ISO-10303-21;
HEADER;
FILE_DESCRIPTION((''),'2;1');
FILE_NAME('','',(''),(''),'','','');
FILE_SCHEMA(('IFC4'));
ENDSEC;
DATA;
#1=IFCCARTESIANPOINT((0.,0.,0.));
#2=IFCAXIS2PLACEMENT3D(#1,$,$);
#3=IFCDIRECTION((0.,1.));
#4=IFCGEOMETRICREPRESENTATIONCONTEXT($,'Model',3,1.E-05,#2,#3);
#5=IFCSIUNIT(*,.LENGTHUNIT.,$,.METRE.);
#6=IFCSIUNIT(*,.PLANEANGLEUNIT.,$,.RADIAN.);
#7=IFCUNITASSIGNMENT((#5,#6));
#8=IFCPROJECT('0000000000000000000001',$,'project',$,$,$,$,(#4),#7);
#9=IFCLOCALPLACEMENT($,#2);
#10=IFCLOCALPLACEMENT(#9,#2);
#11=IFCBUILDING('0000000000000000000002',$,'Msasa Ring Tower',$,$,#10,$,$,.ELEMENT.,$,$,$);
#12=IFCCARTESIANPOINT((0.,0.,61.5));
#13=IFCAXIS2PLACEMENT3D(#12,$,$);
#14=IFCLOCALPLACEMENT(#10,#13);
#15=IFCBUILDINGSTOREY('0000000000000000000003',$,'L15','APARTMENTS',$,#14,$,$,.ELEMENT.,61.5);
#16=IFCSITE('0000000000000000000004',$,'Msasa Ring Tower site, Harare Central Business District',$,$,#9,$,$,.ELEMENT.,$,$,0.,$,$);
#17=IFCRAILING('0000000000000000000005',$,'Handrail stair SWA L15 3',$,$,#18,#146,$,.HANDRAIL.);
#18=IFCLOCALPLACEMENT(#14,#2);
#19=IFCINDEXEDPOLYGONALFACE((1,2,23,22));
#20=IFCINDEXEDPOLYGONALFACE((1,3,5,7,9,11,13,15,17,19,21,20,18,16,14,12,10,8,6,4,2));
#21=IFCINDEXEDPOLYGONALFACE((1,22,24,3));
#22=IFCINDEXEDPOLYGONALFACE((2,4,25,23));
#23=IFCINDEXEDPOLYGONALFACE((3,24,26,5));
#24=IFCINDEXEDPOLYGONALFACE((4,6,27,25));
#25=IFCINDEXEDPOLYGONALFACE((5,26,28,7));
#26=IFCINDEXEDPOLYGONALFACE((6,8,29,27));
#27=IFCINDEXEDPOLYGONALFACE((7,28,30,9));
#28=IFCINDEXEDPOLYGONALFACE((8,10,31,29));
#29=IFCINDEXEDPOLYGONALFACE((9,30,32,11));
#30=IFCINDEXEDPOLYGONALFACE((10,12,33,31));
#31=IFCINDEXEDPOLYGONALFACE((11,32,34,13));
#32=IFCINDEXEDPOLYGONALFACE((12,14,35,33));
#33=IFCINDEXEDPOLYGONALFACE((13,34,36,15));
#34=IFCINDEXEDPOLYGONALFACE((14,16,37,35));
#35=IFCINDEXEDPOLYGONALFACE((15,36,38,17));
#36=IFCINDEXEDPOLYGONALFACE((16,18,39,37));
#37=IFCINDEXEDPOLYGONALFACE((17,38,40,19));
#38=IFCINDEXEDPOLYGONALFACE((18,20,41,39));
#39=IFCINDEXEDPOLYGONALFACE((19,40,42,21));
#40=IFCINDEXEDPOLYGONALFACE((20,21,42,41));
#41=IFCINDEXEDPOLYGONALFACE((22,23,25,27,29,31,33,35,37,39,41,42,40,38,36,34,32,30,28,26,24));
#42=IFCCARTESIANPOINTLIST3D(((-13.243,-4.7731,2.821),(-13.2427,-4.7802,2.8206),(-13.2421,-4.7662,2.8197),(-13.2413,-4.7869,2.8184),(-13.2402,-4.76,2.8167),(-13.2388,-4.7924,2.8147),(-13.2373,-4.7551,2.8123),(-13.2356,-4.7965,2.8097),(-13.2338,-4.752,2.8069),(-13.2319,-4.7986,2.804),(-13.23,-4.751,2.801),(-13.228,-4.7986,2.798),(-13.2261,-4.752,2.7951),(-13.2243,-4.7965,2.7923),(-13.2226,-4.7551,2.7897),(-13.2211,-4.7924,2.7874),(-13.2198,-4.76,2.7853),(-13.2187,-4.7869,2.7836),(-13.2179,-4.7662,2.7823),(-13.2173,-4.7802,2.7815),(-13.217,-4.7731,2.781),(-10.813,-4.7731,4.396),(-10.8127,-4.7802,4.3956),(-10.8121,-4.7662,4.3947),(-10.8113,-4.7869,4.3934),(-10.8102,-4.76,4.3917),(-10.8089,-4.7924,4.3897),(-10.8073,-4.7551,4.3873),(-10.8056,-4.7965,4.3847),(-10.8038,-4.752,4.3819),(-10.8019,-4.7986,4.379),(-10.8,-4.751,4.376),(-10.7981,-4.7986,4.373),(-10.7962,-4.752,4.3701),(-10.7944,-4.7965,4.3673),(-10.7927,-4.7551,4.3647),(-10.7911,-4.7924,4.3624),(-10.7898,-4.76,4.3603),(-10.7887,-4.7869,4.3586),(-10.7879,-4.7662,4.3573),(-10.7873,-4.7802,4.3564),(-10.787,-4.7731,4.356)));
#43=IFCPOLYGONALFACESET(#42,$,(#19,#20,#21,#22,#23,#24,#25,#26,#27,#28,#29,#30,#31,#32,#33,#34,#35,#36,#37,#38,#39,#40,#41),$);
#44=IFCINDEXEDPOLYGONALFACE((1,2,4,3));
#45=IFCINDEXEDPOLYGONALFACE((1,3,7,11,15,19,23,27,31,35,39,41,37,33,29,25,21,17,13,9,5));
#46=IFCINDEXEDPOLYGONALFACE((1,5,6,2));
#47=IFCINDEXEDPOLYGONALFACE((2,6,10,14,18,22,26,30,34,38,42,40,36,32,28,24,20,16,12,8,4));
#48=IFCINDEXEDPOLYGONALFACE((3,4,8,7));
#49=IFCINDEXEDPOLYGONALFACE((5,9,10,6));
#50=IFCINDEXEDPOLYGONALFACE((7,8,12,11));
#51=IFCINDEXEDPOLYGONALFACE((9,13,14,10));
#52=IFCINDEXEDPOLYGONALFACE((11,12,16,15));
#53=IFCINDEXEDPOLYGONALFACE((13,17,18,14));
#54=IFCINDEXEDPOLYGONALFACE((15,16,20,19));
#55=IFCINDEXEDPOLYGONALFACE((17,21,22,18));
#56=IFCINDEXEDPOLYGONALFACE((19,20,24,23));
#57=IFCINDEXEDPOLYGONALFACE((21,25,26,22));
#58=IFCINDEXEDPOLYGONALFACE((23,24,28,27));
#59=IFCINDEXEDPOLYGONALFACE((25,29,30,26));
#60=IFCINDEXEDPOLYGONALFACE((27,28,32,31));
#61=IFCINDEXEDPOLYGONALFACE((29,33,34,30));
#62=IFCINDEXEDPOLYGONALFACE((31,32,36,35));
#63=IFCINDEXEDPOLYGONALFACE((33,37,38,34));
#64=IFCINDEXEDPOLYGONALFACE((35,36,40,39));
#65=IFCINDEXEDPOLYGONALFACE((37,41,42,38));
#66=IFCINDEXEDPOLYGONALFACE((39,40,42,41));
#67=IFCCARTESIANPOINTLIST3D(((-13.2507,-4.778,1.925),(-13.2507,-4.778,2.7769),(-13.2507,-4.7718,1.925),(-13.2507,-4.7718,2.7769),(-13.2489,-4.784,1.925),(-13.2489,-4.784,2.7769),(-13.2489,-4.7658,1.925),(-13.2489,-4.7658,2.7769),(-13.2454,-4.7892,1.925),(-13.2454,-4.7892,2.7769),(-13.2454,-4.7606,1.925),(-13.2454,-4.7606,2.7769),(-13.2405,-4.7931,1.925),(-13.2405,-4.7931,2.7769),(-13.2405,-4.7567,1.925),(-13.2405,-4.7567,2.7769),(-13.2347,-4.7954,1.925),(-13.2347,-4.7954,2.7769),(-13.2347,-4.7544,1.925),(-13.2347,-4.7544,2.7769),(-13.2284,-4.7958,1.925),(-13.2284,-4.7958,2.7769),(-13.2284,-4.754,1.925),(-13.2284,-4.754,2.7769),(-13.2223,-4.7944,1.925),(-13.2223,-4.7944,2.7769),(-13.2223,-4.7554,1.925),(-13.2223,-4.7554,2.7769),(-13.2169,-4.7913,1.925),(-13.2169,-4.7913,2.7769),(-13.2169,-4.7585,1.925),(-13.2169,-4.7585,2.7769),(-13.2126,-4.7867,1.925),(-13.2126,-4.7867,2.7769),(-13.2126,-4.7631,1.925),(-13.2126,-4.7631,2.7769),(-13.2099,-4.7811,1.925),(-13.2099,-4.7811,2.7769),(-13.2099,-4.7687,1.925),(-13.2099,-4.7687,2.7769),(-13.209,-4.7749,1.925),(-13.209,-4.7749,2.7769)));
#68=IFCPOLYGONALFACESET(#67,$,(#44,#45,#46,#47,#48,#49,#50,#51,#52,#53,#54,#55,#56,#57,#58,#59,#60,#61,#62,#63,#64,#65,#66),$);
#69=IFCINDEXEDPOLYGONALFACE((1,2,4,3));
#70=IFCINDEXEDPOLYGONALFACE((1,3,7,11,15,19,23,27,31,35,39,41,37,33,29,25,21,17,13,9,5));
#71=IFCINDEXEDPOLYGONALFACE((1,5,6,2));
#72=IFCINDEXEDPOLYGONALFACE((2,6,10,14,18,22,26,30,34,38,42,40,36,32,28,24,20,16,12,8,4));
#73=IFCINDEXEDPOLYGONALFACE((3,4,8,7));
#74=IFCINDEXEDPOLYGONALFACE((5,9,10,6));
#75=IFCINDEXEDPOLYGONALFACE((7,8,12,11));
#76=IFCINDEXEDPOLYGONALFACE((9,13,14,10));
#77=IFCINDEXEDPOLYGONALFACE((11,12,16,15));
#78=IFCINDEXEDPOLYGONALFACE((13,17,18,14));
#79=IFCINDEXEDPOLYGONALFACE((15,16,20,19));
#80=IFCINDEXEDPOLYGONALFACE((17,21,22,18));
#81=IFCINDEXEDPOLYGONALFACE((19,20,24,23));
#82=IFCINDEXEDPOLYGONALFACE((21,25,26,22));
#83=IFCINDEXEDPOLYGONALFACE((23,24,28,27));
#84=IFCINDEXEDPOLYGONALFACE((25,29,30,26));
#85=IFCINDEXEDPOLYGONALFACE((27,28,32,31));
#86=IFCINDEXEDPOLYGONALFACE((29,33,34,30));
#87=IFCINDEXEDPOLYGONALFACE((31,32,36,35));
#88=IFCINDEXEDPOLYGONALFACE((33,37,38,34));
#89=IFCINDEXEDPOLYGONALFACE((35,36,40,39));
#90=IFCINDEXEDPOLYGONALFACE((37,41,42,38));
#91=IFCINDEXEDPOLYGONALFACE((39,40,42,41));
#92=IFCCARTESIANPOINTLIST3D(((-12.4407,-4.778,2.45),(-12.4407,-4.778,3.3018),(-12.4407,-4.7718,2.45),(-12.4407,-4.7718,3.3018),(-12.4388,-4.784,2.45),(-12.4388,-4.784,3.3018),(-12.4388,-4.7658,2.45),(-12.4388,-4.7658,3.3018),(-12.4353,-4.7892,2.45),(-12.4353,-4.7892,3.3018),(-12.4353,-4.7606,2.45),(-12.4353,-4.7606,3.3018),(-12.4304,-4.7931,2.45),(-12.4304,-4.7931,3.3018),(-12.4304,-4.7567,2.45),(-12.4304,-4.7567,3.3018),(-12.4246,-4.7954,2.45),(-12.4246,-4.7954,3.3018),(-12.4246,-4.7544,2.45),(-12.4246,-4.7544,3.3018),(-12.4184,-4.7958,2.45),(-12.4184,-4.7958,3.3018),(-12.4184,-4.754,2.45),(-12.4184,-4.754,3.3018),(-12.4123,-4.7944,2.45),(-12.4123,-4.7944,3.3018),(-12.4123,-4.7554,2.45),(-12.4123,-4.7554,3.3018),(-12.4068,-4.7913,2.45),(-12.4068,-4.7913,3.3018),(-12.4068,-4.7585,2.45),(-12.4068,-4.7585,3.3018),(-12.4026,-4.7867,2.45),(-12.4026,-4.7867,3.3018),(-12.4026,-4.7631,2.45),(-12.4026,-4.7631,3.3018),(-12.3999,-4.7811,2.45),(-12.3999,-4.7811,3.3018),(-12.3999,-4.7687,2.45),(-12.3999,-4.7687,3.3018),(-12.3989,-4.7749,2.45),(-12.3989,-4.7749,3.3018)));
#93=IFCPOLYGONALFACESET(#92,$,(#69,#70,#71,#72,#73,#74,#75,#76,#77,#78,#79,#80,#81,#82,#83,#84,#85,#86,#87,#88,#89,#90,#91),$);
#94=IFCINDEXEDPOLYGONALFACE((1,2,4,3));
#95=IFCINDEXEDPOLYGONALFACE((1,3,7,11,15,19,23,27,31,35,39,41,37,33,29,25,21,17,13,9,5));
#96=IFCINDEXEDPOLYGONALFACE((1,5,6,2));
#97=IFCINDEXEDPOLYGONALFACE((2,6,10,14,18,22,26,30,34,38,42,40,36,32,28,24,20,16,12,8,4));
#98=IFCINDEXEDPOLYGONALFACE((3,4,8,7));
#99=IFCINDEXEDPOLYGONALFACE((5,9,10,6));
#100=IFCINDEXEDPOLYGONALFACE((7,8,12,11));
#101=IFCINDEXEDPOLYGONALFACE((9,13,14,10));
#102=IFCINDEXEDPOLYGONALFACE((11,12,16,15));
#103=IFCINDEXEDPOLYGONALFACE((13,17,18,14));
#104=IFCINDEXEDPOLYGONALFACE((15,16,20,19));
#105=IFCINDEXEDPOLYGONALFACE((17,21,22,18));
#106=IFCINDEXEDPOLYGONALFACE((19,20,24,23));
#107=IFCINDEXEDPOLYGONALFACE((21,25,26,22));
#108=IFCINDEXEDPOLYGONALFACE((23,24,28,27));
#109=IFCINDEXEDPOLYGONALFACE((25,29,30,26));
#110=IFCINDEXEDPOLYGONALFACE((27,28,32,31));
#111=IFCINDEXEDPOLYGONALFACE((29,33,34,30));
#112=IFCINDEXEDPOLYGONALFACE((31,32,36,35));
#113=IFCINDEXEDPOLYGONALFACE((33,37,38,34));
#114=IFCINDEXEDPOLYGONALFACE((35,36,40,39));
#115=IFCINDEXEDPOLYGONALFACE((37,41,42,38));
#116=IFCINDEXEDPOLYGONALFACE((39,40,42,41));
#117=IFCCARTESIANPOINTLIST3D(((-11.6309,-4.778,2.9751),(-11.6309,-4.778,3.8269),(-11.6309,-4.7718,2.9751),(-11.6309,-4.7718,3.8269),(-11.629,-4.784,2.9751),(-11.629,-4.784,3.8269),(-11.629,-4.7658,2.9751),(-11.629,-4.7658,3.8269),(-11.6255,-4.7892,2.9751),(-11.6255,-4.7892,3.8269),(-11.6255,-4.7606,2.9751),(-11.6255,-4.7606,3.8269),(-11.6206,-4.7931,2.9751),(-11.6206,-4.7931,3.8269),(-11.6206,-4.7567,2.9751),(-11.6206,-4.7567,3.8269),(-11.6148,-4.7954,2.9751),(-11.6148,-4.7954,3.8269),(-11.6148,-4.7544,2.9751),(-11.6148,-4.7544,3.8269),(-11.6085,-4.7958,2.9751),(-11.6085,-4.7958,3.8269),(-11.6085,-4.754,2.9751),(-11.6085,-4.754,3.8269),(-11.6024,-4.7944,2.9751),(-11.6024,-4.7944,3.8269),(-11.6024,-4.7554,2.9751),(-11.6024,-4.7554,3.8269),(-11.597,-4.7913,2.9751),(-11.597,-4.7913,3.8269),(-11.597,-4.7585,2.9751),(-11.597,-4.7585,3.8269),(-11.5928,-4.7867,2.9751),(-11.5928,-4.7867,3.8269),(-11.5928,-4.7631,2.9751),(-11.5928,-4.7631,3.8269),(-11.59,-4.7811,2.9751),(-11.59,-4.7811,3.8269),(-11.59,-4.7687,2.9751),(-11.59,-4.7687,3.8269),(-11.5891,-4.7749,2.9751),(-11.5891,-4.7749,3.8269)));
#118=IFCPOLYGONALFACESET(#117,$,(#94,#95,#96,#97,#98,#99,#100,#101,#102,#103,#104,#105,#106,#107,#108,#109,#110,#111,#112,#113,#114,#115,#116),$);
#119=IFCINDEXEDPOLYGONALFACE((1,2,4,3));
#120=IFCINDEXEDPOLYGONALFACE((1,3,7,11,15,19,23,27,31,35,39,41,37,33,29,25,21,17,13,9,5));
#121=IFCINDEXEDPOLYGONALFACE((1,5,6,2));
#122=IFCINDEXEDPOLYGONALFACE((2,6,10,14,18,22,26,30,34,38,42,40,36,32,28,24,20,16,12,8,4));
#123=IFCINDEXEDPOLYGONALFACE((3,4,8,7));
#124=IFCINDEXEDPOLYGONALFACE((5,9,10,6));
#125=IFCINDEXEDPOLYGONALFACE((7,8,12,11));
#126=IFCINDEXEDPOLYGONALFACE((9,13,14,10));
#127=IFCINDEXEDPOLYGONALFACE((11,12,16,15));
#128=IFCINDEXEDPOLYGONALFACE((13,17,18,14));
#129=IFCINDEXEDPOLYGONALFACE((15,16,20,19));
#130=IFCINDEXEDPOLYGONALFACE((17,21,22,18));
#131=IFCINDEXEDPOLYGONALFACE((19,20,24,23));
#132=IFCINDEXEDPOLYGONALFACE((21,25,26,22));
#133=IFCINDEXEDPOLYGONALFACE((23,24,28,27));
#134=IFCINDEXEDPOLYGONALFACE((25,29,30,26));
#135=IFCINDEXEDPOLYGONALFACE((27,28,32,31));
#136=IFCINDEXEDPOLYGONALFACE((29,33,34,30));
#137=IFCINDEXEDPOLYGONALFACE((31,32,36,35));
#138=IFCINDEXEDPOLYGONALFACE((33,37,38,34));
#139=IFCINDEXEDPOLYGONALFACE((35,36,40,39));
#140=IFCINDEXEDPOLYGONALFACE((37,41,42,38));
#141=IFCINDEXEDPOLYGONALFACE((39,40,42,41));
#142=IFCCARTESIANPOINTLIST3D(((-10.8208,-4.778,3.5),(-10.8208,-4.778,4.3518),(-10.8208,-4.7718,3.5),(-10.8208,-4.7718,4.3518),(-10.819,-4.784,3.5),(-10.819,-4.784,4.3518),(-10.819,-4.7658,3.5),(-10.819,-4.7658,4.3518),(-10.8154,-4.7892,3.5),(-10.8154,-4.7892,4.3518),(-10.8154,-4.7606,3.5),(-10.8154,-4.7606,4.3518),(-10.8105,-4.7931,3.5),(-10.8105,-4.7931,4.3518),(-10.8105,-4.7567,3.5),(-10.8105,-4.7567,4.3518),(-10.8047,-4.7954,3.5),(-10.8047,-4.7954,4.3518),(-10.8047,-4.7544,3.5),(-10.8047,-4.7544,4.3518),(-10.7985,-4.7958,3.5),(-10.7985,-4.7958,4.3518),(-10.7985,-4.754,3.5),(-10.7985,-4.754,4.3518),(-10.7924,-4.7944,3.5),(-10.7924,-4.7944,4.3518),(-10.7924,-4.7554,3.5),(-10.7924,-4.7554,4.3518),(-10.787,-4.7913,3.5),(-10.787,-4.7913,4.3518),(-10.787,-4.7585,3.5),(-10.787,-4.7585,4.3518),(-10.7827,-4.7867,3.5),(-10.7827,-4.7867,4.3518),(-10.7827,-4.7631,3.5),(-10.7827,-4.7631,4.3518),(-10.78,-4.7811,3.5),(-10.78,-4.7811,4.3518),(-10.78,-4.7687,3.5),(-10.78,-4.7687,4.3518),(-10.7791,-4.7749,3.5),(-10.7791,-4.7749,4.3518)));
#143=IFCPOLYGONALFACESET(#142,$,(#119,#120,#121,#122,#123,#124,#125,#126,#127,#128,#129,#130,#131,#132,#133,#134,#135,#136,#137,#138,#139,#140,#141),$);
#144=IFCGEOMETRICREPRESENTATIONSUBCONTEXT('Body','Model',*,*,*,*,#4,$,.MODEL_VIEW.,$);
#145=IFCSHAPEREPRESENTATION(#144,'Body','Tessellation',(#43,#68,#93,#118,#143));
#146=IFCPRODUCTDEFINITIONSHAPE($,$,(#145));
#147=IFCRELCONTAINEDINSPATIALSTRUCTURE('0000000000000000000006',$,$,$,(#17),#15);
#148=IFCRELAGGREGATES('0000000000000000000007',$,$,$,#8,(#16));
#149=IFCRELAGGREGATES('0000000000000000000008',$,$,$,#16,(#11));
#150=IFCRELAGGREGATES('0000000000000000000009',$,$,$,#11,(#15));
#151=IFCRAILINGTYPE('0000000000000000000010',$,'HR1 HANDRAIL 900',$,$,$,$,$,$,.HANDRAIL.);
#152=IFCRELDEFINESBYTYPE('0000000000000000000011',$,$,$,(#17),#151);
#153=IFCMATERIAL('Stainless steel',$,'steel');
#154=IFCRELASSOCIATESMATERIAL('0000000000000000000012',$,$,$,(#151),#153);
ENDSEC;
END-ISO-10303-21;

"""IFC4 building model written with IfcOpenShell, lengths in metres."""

from ifc_helpers import new_model, si_unit, direction, frame, origin, origin_2d, place, context, subcontext, project, spatial, circle, extrude, material, type_object, element, save


model = new_model("IFC4")

# Units and contexts
model_context = context("Model", 3, precision=1e-05, world=origin(), true_north=direction((0.0, 1.0)))
body_context = subcontext(model_context, "Body", "Model", "MODEL_VIEW")
ifc_project = project(units=[si_unit("LENGTHUNIT", "METRE"), si_unit("PLANEANGLEUNIT", "RADIAN")], contexts=[model_context])

# Site, building, storey
site_placement = place(None, origin())
site = spatial("IfcSite", under=ifc_project, at=site_placement, Name="Msasa Ring Tower site, Harare Central Business District", CompositionType="ELEMENT", RefElevation=0.0)
building_placement = place(site_placement, origin())
building = spatial("IfcBuilding", under=site, at=building_placement, Name="Msasa Ring Tower", CompositionType="ELEMENT")
storey_placement = place(building_placement, frame((0.0, 0.0, 61.5)))
storey = spatial("IfcBuildingStorey", under=building, at=storey_placement, Name="L15", Description="APARTMENTS", CompositionType="ELEMENT", Elevation=61.5)

# Railing
ifc_material_1 = material(Name="Stainless steel", Category="steel")
railing_type = type_object("IfcRailingType", Name="HR1 HANDRAIL 900", PredefinedType="HANDRAIL", material=ifc_material_1)
for number, where, name in (
    (1, (-13.23, -4.7749, 1.925), "Handrail stair SWA L15 3"),
):
    element("IfcRailing", number, at=place(storey_placement, frame(where)), inside=storey, type_object=railing_type, Name=name, PredefinedType="HANDRAIL", context=body_context, shape_type="SweptSolid", body=[
        extrude(circle(Radius=0.0239, at=origin_2d()), frame((0.0, 0.0, 0.876), z_axis=(0.839154, 0.0, 0.543894), x_axis=(0.0, 1.0, 0.0)), (0.0, 0.0, 1.0), 2.8958),
        extrude(circle(Radius=0.021, at=origin_2d()), origin(), (0.0, 0.0, 1.0), 0.8518),
        extrude(circle(Radius=0.021, at=origin_2d()), frame((0.8101, 0.0, 0.5249)), (0.0, 0.0, 1.0), 0.8518),
        extrude(circle(Radius=0.021, at=origin_2d()), frame((1.6199, 0.0, 1.05)), (0.0, 0.0, 1.0), 0.8518),
        extrude(circle(Radius=0.021, at=origin_2d()), frame((2.4299, 0.0, 1.575)), (0.0, 0.0, 1.0), 0.8518),
    ])

save(model, "model.ifc")
